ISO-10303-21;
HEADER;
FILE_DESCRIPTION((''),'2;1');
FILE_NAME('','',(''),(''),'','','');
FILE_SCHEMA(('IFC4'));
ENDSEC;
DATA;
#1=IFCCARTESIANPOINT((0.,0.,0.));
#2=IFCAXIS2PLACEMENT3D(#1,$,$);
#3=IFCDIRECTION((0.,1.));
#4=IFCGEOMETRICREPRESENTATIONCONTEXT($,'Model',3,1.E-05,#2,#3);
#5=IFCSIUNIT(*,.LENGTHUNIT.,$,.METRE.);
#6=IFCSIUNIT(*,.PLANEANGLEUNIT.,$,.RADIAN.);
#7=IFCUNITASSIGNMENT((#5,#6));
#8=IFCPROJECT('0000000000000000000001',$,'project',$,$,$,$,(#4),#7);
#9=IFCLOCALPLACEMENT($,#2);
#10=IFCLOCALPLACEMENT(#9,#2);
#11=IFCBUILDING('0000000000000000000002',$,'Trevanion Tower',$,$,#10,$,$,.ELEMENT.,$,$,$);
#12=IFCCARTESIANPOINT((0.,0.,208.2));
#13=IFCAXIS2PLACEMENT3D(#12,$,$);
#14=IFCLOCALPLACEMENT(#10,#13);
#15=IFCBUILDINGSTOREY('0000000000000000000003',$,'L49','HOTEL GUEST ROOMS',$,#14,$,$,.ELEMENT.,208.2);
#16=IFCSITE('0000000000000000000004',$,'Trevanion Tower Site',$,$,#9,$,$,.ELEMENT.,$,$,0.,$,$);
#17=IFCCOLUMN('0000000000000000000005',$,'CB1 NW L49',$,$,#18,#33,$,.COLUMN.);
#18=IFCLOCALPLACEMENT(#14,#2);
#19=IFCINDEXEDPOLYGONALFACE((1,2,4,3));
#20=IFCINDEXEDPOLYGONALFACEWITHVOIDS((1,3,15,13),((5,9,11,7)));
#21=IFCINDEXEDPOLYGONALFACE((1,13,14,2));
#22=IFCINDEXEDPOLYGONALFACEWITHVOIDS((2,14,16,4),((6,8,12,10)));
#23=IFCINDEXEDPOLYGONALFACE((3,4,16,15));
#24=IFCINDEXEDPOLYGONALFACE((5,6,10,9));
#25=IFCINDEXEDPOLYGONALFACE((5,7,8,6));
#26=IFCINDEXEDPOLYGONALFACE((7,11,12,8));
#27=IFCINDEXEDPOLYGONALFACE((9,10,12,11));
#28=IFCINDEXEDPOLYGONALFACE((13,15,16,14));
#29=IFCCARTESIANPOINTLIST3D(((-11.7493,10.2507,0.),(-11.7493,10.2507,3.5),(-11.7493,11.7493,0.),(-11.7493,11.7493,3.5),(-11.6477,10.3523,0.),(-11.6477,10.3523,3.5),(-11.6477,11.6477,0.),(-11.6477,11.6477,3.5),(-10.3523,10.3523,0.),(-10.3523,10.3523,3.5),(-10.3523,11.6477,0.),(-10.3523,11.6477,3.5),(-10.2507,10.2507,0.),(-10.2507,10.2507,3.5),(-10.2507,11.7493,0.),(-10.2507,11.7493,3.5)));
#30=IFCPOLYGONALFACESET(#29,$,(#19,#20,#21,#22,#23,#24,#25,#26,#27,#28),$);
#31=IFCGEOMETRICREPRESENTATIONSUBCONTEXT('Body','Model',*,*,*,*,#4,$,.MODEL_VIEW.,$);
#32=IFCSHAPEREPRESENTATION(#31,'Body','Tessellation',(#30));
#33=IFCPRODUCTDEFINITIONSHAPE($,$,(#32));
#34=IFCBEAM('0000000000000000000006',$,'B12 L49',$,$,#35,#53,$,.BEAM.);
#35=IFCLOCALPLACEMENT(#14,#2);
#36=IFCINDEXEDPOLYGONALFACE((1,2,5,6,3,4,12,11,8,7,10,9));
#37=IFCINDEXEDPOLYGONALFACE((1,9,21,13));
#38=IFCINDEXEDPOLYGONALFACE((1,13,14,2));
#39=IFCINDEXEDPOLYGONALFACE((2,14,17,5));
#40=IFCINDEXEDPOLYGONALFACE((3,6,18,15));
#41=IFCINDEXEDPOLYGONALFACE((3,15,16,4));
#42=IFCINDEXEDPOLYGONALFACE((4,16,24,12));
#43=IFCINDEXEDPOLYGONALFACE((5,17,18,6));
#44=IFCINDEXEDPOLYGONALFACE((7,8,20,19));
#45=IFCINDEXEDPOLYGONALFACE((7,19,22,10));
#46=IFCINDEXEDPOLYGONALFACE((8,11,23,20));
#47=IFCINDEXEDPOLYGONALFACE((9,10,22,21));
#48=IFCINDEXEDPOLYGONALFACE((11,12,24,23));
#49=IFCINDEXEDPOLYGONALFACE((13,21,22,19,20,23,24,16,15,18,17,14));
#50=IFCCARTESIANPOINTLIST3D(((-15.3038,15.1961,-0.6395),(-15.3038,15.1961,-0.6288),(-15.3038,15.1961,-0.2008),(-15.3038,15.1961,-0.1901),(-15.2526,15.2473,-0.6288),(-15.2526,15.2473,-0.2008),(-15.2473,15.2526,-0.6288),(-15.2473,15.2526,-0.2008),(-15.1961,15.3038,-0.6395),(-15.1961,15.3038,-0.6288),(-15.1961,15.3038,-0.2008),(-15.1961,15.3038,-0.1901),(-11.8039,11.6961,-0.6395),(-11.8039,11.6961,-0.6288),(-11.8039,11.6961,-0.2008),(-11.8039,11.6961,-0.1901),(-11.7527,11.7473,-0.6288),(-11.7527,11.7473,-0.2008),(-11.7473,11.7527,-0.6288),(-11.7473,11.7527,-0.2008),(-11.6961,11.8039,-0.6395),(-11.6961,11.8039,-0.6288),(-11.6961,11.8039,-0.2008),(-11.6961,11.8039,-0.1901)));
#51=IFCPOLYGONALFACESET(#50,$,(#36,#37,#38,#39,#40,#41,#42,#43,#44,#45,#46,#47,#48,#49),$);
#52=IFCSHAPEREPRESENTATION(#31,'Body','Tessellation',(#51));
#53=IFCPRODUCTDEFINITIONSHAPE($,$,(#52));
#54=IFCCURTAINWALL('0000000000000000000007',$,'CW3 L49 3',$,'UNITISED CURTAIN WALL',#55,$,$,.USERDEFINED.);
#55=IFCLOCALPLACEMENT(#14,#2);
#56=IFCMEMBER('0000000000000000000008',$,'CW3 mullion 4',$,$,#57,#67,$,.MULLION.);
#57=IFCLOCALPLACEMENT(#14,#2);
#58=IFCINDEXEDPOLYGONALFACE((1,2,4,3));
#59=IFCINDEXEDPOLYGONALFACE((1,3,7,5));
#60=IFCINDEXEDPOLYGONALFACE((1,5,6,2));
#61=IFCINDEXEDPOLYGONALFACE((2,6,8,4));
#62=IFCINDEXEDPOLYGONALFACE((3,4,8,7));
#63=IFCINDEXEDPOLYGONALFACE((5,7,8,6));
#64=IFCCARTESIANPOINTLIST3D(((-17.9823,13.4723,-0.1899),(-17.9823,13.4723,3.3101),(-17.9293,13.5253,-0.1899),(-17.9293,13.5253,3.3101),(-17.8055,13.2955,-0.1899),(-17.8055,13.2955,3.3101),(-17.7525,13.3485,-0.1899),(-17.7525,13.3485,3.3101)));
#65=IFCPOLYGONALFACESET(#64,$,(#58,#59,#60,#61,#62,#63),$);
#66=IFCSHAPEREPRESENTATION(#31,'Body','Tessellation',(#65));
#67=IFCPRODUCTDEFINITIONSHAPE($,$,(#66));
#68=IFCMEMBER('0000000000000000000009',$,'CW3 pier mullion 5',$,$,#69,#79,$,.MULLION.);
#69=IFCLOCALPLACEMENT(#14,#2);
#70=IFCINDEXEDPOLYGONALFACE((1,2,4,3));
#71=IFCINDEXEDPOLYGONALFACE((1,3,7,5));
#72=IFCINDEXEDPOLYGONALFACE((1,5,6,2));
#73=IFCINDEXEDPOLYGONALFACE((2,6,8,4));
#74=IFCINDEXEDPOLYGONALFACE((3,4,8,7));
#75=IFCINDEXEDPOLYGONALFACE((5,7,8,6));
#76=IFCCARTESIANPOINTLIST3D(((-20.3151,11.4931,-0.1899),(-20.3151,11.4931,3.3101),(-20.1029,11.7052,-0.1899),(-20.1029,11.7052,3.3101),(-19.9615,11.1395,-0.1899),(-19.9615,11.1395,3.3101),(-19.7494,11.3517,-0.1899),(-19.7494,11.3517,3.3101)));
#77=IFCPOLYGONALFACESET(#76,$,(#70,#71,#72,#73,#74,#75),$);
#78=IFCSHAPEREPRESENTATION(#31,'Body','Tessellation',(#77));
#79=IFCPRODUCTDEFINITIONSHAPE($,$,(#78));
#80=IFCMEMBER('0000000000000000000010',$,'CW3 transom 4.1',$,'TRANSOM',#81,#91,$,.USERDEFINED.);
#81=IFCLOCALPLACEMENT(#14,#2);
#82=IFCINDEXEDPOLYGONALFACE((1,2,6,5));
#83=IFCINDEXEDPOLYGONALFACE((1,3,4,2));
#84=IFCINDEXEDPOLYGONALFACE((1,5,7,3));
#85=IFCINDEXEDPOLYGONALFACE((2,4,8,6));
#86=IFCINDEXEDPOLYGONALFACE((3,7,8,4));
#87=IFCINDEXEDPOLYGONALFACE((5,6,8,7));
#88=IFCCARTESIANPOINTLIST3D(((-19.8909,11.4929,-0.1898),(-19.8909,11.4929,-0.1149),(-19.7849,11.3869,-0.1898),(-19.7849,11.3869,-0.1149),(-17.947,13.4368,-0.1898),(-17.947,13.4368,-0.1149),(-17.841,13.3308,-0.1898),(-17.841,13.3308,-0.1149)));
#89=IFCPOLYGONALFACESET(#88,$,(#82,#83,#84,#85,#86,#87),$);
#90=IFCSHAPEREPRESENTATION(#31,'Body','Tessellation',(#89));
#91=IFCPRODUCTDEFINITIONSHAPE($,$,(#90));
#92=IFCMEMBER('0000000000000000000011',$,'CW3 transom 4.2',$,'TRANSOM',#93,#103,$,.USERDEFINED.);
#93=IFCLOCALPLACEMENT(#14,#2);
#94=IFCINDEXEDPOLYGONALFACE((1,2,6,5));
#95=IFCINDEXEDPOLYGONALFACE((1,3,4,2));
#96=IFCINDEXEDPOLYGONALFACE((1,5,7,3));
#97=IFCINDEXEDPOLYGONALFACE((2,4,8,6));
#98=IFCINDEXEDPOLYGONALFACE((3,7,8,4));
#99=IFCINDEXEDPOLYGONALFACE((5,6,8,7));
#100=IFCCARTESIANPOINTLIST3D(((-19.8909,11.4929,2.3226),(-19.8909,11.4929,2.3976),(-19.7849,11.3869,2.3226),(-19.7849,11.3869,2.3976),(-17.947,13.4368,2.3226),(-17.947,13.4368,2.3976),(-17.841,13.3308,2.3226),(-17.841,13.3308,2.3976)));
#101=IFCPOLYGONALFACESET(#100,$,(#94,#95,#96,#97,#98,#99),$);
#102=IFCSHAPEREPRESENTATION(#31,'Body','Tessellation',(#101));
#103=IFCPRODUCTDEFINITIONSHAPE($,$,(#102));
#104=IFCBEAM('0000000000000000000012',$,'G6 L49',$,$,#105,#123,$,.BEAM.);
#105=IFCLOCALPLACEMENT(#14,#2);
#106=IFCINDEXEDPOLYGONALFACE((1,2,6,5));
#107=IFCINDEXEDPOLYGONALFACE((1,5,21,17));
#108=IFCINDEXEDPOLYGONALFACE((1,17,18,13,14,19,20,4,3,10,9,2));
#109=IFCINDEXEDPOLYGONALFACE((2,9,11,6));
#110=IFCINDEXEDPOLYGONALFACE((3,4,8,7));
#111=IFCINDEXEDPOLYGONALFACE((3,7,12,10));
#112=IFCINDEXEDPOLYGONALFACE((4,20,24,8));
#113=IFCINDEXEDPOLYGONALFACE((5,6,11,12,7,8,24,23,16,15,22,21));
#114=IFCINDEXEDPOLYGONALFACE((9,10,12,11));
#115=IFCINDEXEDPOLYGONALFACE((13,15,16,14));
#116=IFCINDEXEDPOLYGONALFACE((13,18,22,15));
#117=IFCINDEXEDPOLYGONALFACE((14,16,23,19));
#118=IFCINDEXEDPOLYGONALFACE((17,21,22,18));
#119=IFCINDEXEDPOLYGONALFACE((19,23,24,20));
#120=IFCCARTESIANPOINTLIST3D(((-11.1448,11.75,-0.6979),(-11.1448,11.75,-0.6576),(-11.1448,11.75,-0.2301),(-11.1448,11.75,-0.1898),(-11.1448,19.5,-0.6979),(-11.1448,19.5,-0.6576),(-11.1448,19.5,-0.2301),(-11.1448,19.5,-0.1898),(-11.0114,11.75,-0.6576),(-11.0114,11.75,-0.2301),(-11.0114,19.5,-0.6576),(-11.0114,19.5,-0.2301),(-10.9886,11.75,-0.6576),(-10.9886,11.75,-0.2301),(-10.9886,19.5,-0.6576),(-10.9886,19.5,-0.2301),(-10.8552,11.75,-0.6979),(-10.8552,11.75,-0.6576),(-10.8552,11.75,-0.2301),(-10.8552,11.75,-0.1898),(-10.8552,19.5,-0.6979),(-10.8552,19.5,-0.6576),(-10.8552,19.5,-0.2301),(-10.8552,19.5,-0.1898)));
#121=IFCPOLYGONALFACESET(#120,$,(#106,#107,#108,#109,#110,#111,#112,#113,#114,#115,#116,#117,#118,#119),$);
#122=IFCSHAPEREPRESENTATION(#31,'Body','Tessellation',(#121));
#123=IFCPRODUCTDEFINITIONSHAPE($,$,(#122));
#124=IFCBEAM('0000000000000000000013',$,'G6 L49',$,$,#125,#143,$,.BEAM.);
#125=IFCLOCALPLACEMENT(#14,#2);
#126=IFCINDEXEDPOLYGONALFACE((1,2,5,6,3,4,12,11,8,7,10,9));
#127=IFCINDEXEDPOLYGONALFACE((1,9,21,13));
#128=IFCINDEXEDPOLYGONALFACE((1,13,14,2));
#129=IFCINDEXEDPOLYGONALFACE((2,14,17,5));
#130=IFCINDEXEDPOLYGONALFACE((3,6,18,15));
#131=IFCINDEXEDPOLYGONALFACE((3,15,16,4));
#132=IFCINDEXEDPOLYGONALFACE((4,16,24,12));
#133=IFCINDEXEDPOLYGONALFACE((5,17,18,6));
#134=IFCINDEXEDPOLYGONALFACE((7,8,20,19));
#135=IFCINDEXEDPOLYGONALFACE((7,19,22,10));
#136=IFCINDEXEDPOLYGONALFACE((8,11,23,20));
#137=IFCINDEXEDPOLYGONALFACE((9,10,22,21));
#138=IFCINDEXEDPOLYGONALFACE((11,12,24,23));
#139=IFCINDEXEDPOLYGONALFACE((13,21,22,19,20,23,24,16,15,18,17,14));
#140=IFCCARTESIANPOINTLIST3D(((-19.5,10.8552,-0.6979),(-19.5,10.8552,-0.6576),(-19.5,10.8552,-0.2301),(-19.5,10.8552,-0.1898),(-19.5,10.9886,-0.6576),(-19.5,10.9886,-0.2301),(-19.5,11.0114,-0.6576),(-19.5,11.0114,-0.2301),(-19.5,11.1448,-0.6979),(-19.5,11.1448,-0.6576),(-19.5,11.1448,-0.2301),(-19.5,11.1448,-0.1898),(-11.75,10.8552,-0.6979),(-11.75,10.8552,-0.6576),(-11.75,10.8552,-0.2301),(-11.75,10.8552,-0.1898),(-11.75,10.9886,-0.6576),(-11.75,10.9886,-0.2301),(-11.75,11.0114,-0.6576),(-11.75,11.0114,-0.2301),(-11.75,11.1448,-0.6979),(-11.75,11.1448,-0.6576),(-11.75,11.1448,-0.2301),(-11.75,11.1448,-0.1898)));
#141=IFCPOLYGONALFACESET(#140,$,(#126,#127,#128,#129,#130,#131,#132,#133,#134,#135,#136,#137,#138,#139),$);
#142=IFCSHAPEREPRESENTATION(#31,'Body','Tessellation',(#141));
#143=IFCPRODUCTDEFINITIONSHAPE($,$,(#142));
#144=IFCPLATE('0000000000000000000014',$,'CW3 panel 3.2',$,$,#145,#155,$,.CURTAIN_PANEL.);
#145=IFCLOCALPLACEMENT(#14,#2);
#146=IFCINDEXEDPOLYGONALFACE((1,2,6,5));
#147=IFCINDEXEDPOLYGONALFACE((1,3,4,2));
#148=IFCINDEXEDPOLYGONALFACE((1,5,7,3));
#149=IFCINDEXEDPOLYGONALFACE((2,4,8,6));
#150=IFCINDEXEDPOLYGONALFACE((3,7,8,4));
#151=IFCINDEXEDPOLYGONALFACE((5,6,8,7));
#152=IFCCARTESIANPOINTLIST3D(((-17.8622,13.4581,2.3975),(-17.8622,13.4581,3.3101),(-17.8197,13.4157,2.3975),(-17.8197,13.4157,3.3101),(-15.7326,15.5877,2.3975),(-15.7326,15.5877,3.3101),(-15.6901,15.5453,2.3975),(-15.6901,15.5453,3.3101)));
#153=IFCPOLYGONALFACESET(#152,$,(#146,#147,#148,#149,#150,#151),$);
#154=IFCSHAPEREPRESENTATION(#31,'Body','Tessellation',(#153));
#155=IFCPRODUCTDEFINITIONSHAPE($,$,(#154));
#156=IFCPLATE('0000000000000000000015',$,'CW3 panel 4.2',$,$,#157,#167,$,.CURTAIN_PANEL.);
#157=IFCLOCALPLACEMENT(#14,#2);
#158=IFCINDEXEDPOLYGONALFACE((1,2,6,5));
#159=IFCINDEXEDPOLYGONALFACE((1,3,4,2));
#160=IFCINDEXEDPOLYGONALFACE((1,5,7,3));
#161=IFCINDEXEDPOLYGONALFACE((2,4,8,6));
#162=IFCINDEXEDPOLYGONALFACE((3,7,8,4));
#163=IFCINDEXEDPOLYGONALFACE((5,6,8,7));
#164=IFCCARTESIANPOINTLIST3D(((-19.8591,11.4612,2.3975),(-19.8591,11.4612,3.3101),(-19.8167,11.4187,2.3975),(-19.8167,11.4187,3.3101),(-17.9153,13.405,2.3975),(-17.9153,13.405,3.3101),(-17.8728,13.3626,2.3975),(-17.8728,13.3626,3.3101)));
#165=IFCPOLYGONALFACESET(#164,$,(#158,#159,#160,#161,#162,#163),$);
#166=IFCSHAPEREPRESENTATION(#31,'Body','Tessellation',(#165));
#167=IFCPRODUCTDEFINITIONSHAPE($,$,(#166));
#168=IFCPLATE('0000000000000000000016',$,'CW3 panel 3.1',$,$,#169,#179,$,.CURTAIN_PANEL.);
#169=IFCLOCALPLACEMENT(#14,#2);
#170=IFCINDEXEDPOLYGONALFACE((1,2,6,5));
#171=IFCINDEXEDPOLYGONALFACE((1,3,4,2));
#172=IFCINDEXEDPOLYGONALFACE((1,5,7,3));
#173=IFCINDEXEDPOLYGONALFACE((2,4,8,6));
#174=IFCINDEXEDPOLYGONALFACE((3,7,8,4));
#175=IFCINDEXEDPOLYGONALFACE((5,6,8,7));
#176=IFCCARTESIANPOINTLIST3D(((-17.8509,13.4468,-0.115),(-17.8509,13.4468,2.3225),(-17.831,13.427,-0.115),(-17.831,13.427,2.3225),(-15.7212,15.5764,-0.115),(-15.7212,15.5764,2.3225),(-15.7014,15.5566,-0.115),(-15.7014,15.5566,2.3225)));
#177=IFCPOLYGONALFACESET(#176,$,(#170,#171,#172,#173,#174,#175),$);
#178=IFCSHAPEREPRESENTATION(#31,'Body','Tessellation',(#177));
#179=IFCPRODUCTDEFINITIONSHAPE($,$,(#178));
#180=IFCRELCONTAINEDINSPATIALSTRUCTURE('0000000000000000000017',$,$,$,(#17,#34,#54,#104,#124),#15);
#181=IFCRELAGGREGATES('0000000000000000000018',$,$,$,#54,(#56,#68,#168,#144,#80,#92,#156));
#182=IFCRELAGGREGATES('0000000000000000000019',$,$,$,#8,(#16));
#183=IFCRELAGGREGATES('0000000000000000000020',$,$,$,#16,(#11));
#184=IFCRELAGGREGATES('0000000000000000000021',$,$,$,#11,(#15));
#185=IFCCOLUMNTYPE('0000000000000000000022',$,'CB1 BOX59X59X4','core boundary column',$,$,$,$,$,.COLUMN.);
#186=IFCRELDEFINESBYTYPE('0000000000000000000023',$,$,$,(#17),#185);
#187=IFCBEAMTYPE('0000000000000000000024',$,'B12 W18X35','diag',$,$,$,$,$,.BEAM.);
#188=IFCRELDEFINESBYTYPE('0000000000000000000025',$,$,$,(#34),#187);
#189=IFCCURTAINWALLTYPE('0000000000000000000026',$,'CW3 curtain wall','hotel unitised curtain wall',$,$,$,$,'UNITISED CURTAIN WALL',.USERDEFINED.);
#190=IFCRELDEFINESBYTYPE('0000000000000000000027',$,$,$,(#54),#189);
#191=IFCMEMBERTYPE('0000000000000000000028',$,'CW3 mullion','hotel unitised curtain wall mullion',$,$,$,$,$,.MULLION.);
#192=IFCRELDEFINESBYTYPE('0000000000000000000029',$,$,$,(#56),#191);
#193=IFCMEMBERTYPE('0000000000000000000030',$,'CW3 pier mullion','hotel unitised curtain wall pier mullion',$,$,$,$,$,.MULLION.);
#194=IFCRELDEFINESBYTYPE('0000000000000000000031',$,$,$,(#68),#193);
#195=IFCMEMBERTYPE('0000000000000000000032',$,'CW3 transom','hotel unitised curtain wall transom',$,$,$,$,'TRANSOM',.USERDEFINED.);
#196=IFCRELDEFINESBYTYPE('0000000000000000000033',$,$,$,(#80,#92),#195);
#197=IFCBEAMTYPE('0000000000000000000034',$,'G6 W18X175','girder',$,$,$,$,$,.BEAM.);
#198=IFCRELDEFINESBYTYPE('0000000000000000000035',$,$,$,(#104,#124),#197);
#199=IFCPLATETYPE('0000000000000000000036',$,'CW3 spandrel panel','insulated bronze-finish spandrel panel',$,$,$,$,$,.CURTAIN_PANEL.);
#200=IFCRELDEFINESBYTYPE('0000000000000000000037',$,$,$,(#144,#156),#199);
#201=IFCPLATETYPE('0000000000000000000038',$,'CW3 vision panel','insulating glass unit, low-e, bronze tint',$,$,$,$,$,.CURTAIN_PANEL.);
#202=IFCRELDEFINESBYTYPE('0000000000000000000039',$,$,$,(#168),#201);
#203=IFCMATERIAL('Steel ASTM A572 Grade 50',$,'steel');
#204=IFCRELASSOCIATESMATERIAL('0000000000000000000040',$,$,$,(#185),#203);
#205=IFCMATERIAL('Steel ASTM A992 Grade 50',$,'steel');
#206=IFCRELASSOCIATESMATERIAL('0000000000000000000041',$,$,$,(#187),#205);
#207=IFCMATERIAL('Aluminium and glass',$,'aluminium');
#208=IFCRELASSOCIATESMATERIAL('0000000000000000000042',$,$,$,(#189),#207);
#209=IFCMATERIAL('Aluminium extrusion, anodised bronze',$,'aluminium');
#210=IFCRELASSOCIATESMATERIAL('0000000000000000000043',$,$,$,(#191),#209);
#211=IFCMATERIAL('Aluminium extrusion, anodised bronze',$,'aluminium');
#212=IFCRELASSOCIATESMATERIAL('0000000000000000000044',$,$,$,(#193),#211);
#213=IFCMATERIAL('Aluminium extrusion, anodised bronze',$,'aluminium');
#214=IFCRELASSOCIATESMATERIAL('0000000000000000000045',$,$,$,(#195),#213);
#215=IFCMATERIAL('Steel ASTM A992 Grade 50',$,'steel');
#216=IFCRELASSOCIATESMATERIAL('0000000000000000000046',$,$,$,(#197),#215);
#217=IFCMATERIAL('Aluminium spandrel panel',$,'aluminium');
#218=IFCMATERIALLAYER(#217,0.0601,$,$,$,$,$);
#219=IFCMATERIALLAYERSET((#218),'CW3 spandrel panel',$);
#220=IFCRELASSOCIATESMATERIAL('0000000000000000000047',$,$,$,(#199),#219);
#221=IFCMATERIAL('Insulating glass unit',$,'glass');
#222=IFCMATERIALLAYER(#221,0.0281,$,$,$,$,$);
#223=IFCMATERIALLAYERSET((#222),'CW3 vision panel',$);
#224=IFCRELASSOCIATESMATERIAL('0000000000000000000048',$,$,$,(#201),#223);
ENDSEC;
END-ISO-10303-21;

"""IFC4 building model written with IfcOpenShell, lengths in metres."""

from ifc_helpers import new_model, si_unit, direction, frame, origin, origin_2d, place, context, subcontext, project, spatial, rectangle, hollow_rectangle, i_section, extrude, material, layer, layer_set, material_profile, profile_set, type_object, element, aggregate, save


model = new_model("IFC4")

# Units and contexts
model_context = context("Model", 3, precision=1e-05, world=origin(), true_north=direction((0.0, 1.0)))
body_context = subcontext(model_context, "Body", "Model", "MODEL_VIEW")
ifc_project = project(units=[si_unit("LENGTHUNIT", "METRE"), si_unit("PLANEANGLEUNIT", "RADIAN")], contexts=[model_context])

# Site, building, storey
site_placement = place(None, origin())
site = spatial("IfcSite", under=ifc_project, at=site_placement, Name="Trevanion Tower Site", CompositionType="ELEMENT", RefElevation=0.0)
building_placement = place(site_placement, origin())
building = spatial("IfcBuilding", under=site, at=building_placement, Name="Trevanion Tower", CompositionType="ELEMENT")
storey_placement = place(building_placement, frame((0.0, 0.0, 208.2)))
storey = spatial("IfcBuildingStorey", under=building, at=storey_placement, Name="L49", Description="HOTEL GUEST ROOMS", CompositionType="ELEMENT", Elevation=208.2)

# Column
ifc_material_1 = material(Name="Steel ASTM A572 Grade 50", Category="steel")
ifc_material_profile_1 = material_profile(ifc_material_1, hollow_rectangle(XDim=1.4985, YDim=1.4985, WallThickness=0.1016, at=origin_2d()), Name="BOX59X59X4")
ifc_profile_set_1 = profile_set([ifc_material_profile_1], Name="Steel ASTM A572 Grade 50")
column_type = type_object("IfcColumnType", Name="CB1 BOX59X59X4", Description="core boundary column", PredefinedType="COLUMN", material=ifc_profile_set_1)
column_placement = place(storey_placement, frame((-11.0, 11.0, 0.0), z_axis=(0.0, 0.0, 1.0), x_axis=(1.0, 0.0, 0.0)))
element("IfcColumn", 1, at=column_placement, inside=storey, type_object=column_type, Name="CB1 NW L49", PredefinedType="COLUMN", context=body_context, shape_type="SweptSolid", body=[
    extrude(hollow_rectangle(XDim=1.4985, YDim=1.4985, WallThickness=0.1016, at=origin_2d()), origin(), (0.0, 0.0, 1.0), 3.5),
])

# Beam
ifc_material_2 = material(Name="Steel ASTM A992 Grade 50", Category="steel")
ifc_material_profile_2 = material_profile(ifc_material_2, i_section(OverallWidth=0.1523, OverallDepth=0.4495, WebThickness=0.0076, FlangeThickness=0.0107, at=origin_2d()), Name="W18X35")
ifc_profile_set_2 = profile_set([ifc_material_profile_2], Name="Steel ASTM A992 Grade 50")
beam_type_1 = type_object("IfcBeamType", Name="B12 W18X35", Description="diag", PredefinedType="BEAM", material=ifc_profile_set_2)
beam_placement = place(storey_placement, frame((-11.75, 11.75, -0.4148), z_axis=(-0.707107, 0.707107, 0.0), x_axis=(-0.707107, -0.707107, 0.0)))
element("IfcBeam", 2, at=beam_placement, inside=storey, type_object=beam_type_1, Name="B12 L49", PredefinedType="BEAM", context=body_context, shape_type="SweptSolid", body=[
    extrude(i_section(OverallWidth=0.1523, OverallDepth=0.4495, WebThickness=0.0076, FlangeThickness=0.0107, at=origin_2d()), origin(), (0.0, 0.0, 1.0), 4.9497),
])

# Curtain wall, members
ifc_material_3 = material(Name="Aluminium and glass", Category="aluminium")
curtain_wall_type = type_object("IfcCurtainWallType", Name="CW3 curtain wall", Description="hotel unitised curtain wall", ElementType="UNITISED CURTAIN WALL", PredefinedType="USERDEFINED", material=ifc_material_3)
curtain_wall_placement = place(storey_placement, origin())
curtain_wall = element("IfcCurtainWall", 3, at=curtain_wall_placement, inside=storey, type_object=curtain_wall_type, Name="CW3 L49 3", ObjectType="UNITISED CURTAIN WALL", PredefinedType="USERDEFINED")
ifc_material_4 = material(Name="Aluminium extrusion, anodised bronze", Category="aluminium")
ifc_material_profile_3 = material_profile(ifc_material_4, rectangle(XDim=0.075, YDim=0.25, at=origin_2d()), Name="CW3 mullion")
ifc_profile_set_3 = profile_set([ifc_material_profile_3], Name="Aluminium extrusion, anodised bronze")
member_type_1 = type_object("IfcMemberType", Name="CW3 mullion", Description="hotel unitised curtain wall mullion", PredefinedType="MULLION", material=ifc_profile_set_3)
member_1_placement = place(storey_placement, frame((-17.8674, 13.4104, -0.1899), z_axis=(0.0, 0.0, 1.0), x_axis=(-0.707107, -0.707107, 0.0)))
member_1 = element("IfcMember", 4, at=member_1_placement, type_object=member_type_1, Name="CW3 mullion 4", PredefinedType="MULLION", context=body_context, shape_type="SweptSolid", body=[
    extrude(rectangle(XDim=0.075, YDim=0.25, at=origin_2d()), origin(), (0.0, 0.0, 1.0), 3.5),
])
ifc_material_5 = material(Name="Aluminium extrusion, anodised bronze", Category="aluminium")
ifc_material_profile_4 = material_profile(ifc_material_5, rectangle(XDim=0.3, YDim=0.5, at=origin_2d()), Name="CW3 pier mullion")
ifc_profile_set_4 = profile_set([ifc_material_profile_4], Name="Aluminium extrusion, anodised bronze")
member_type_2 = type_object("IfcMemberType", Name="CW3 pier mullion", Description="hotel unitised curtain wall pier mullion", PredefinedType="MULLION", material=ifc_profile_set_4)
member_2_placement = place(storey_placement, frame((-20.0322, 11.4224, -0.1899), z_axis=(0.0, 0.0, 1.0), x_axis=(-0.707107, -0.707107, 0.0)))
member_2 = element("IfcMember", 5, at=member_2_placement, type_object=member_type_2, Name="CW3 pier mullion 5", PredefinedType="MULLION", context=body_context, shape_type="SweptSolid", body=[
    extrude(rectangle(XDim=0.3, YDim=0.5, at=origin_2d()), origin(), (0.0, 0.0, 1.0), 3.5),
])
ifc_material_6 = material(Name="Aluminium extrusion, anodised bronze", Category="aluminium")
ifc_material_profile_5 = material_profile(ifc_material_6, rectangle(XDim=0.1499, YDim=0.075, at=origin_2d()), Name="CW3 transom")
ifc_profile_set_5 = profile_set([ifc_material_profile_5], Name="Aluminium extrusion, anodised bronze")
member_type_3 = type_object("IfcMemberType", Name="CW3 transom", Description="hotel unitised curtain wall transom", ElementType="TRANSOM", PredefinedType="USERDEFINED", material=ifc_profile_set_5)
member_3_placement = place(storey_placement, frame((-17.894, 13.3838, -0.1523), z_axis=(-0.707107, -0.707107, 0.0), x_axis=(0.707107, -0.707107, 0.0)))
member_3 = element("IfcMember", 6, at=member_3_placement, type_object=member_type_3, Name="CW3 transom 4.1", ObjectType="TRANSOM", PredefinedType="USERDEFINED", context=body_context, shape_type="SweptSolid", body=[
    extrude(rectangle(XDim=0.1499, YDim=0.075, at=origin_2d()), origin(), (0.0, 0.0, 1.0), 2.749),
])
member_4_placement = place(storey_placement, frame((-17.894, 13.3838, 2.3601), z_axis=(-0.707107, -0.707107, 0.0), x_axis=(0.707107, -0.707107, 0.0)))
member_4 = element("IfcMember", 7, at=member_4_placement, type_object=member_type_3, Name="CW3 transom 4.2", ObjectType="TRANSOM", PredefinedType="USERDEFINED", context=body_context, shape_type="SweptSolid", body=[
    extrude(rectangle(XDim=0.1499, YDim=0.075, at=origin_2d()), origin(), (0.0, 0.0, 1.0), 2.749),
])

# Beams
ifc_material_7 = material(Name="Steel ASTM A992 Grade 50", Category="steel")
ifc_material_profile_6 = material_profile(ifc_material_7, i_section(OverallWidth=0.2896, OverallDepth=0.5081, WebThickness=0.0227, FlangeThickness=0.0403, at=origin_2d()), Name="W18X175")
ifc_profile_set_6 = profile_set([ifc_material_profile_6], Name="Steel ASTM A992 Grade 50")
beam_type_2 = type_object("IfcBeamType", Name="G6 W18X175", Description="girder", PredefinedType="BEAM", material=ifc_profile_set_6)
for number, where, z_axis, x_axis, name in (
    (8, (-11.0, 11.75, -0.4438), (0.0, 1.0, 0.0), (-1.0, 0.0, 0.0), "G6 L49"),
    (9, (-11.75, 11.0, -0.4438), (-1.0, 0.0, 0.0), (0.0, -1.0, 0.0), "G6 L49"),
):
    element("IfcBeam", number, at=place(storey_placement, frame(where, z_axis=z_axis, x_axis=x_axis)), inside=storey, type_object=beam_type_2, Name=name, PredefinedType="BEAM", context=body_context, shape_type="SweptSolid", body=[
        extrude(i_section(OverallWidth=0.2896, OverallDepth=0.5081, WebThickness=0.0227, FlangeThickness=0.0403, at=origin_2d()), origin(), (0.0, 0.0, 1.0), 7.75),
    ])

# Plates
ifc_material_8 = material(Name="Aluminium spandrel panel", Category="aluminium")
ifc_layer_1 = layer(ifc_material_8, 0.0601)
ifc_layer_set_1 = layer_set([ifc_layer_1], Name="CW3 spandrel panel")
plate_type_1 = type_object("IfcPlateType", Name="CW3 spandrel panel", Description="insulated bronze-finish spandrel panel", PredefinedType="CURTAIN_PANEL", material=ifc_layer_set_1)
plate_1_placement = place(storey_placement, frame((-16.7761, 14.5017, 2.3975), z_axis=(0.0, 0.0, 1.0), x_axis=(-0.707107, -0.707107, 0.0)))
plate_1 = element("IfcPlate", 10, at=plate_1_placement, type_object=plate_type_1, Name="CW3 panel 3.2", PredefinedType="CURTAIN_PANEL", context=body_context, shape_type="SweptSolid", body=[
    extrude(rectangle(XDim=3.0117, YDim=0.0601, at=origin_2d()), origin(), (0.0, 0.0, 1.0), 0.9126),
])
plate_2_placement = place(storey_placement, frame((-18.866, 12.4119, 2.3975), z_axis=(0.0, 0.0, 1.0), x_axis=(-0.707107, -0.707107, 0.0)))
plate_2 = element("IfcPlate", 11, at=plate_2_placement, type_object=plate_type_1, Name="CW3 panel 4.2", PredefinedType="CURTAIN_PANEL", context=body_context, shape_type="SweptSolid", body=[
    extrude(rectangle(XDim=2.749, YDim=0.0601, at=origin_2d()), origin(), (0.0, 0.0, 1.0), 0.9126),
])
ifc_material_9 = material(Name="Insulating glass unit", Category="glass")
ifc_layer_2 = layer(ifc_material_9, 0.0281)
ifc_layer_set_2 = layer_set([ifc_layer_2], Name="CW3 vision panel")
plate_type_2 = type_object("IfcPlateType", Name="CW3 vision panel", Description="insulating glass unit, low-e, bronze tint", PredefinedType="CURTAIN_PANEL", material=ifc_layer_set_2)
plate_3_placement = place(storey_placement, frame((-16.7761, 14.5017, -0.115), z_axis=(0.0, 0.0, 1.0), x_axis=(-0.707107, -0.707107, 0.0)))
plate_3 = element("IfcPlate", 12, at=plate_3_placement, type_object=plate_type_2, Name="CW3 panel 3.1", PredefinedType="CURTAIN_PANEL", context=body_context, shape_type="SweptSolid", body=[
    extrude(rectangle(XDim=3.0117, YDim=0.0281, at=origin_2d()), origin(), (0.0, 0.0, 1.0), 2.4375),
])
aggregate(curtain_wall, [member_1, member_2, plate_3, plate_1, member_3, member_4, plate_2])

save(model, "model.ifc")
